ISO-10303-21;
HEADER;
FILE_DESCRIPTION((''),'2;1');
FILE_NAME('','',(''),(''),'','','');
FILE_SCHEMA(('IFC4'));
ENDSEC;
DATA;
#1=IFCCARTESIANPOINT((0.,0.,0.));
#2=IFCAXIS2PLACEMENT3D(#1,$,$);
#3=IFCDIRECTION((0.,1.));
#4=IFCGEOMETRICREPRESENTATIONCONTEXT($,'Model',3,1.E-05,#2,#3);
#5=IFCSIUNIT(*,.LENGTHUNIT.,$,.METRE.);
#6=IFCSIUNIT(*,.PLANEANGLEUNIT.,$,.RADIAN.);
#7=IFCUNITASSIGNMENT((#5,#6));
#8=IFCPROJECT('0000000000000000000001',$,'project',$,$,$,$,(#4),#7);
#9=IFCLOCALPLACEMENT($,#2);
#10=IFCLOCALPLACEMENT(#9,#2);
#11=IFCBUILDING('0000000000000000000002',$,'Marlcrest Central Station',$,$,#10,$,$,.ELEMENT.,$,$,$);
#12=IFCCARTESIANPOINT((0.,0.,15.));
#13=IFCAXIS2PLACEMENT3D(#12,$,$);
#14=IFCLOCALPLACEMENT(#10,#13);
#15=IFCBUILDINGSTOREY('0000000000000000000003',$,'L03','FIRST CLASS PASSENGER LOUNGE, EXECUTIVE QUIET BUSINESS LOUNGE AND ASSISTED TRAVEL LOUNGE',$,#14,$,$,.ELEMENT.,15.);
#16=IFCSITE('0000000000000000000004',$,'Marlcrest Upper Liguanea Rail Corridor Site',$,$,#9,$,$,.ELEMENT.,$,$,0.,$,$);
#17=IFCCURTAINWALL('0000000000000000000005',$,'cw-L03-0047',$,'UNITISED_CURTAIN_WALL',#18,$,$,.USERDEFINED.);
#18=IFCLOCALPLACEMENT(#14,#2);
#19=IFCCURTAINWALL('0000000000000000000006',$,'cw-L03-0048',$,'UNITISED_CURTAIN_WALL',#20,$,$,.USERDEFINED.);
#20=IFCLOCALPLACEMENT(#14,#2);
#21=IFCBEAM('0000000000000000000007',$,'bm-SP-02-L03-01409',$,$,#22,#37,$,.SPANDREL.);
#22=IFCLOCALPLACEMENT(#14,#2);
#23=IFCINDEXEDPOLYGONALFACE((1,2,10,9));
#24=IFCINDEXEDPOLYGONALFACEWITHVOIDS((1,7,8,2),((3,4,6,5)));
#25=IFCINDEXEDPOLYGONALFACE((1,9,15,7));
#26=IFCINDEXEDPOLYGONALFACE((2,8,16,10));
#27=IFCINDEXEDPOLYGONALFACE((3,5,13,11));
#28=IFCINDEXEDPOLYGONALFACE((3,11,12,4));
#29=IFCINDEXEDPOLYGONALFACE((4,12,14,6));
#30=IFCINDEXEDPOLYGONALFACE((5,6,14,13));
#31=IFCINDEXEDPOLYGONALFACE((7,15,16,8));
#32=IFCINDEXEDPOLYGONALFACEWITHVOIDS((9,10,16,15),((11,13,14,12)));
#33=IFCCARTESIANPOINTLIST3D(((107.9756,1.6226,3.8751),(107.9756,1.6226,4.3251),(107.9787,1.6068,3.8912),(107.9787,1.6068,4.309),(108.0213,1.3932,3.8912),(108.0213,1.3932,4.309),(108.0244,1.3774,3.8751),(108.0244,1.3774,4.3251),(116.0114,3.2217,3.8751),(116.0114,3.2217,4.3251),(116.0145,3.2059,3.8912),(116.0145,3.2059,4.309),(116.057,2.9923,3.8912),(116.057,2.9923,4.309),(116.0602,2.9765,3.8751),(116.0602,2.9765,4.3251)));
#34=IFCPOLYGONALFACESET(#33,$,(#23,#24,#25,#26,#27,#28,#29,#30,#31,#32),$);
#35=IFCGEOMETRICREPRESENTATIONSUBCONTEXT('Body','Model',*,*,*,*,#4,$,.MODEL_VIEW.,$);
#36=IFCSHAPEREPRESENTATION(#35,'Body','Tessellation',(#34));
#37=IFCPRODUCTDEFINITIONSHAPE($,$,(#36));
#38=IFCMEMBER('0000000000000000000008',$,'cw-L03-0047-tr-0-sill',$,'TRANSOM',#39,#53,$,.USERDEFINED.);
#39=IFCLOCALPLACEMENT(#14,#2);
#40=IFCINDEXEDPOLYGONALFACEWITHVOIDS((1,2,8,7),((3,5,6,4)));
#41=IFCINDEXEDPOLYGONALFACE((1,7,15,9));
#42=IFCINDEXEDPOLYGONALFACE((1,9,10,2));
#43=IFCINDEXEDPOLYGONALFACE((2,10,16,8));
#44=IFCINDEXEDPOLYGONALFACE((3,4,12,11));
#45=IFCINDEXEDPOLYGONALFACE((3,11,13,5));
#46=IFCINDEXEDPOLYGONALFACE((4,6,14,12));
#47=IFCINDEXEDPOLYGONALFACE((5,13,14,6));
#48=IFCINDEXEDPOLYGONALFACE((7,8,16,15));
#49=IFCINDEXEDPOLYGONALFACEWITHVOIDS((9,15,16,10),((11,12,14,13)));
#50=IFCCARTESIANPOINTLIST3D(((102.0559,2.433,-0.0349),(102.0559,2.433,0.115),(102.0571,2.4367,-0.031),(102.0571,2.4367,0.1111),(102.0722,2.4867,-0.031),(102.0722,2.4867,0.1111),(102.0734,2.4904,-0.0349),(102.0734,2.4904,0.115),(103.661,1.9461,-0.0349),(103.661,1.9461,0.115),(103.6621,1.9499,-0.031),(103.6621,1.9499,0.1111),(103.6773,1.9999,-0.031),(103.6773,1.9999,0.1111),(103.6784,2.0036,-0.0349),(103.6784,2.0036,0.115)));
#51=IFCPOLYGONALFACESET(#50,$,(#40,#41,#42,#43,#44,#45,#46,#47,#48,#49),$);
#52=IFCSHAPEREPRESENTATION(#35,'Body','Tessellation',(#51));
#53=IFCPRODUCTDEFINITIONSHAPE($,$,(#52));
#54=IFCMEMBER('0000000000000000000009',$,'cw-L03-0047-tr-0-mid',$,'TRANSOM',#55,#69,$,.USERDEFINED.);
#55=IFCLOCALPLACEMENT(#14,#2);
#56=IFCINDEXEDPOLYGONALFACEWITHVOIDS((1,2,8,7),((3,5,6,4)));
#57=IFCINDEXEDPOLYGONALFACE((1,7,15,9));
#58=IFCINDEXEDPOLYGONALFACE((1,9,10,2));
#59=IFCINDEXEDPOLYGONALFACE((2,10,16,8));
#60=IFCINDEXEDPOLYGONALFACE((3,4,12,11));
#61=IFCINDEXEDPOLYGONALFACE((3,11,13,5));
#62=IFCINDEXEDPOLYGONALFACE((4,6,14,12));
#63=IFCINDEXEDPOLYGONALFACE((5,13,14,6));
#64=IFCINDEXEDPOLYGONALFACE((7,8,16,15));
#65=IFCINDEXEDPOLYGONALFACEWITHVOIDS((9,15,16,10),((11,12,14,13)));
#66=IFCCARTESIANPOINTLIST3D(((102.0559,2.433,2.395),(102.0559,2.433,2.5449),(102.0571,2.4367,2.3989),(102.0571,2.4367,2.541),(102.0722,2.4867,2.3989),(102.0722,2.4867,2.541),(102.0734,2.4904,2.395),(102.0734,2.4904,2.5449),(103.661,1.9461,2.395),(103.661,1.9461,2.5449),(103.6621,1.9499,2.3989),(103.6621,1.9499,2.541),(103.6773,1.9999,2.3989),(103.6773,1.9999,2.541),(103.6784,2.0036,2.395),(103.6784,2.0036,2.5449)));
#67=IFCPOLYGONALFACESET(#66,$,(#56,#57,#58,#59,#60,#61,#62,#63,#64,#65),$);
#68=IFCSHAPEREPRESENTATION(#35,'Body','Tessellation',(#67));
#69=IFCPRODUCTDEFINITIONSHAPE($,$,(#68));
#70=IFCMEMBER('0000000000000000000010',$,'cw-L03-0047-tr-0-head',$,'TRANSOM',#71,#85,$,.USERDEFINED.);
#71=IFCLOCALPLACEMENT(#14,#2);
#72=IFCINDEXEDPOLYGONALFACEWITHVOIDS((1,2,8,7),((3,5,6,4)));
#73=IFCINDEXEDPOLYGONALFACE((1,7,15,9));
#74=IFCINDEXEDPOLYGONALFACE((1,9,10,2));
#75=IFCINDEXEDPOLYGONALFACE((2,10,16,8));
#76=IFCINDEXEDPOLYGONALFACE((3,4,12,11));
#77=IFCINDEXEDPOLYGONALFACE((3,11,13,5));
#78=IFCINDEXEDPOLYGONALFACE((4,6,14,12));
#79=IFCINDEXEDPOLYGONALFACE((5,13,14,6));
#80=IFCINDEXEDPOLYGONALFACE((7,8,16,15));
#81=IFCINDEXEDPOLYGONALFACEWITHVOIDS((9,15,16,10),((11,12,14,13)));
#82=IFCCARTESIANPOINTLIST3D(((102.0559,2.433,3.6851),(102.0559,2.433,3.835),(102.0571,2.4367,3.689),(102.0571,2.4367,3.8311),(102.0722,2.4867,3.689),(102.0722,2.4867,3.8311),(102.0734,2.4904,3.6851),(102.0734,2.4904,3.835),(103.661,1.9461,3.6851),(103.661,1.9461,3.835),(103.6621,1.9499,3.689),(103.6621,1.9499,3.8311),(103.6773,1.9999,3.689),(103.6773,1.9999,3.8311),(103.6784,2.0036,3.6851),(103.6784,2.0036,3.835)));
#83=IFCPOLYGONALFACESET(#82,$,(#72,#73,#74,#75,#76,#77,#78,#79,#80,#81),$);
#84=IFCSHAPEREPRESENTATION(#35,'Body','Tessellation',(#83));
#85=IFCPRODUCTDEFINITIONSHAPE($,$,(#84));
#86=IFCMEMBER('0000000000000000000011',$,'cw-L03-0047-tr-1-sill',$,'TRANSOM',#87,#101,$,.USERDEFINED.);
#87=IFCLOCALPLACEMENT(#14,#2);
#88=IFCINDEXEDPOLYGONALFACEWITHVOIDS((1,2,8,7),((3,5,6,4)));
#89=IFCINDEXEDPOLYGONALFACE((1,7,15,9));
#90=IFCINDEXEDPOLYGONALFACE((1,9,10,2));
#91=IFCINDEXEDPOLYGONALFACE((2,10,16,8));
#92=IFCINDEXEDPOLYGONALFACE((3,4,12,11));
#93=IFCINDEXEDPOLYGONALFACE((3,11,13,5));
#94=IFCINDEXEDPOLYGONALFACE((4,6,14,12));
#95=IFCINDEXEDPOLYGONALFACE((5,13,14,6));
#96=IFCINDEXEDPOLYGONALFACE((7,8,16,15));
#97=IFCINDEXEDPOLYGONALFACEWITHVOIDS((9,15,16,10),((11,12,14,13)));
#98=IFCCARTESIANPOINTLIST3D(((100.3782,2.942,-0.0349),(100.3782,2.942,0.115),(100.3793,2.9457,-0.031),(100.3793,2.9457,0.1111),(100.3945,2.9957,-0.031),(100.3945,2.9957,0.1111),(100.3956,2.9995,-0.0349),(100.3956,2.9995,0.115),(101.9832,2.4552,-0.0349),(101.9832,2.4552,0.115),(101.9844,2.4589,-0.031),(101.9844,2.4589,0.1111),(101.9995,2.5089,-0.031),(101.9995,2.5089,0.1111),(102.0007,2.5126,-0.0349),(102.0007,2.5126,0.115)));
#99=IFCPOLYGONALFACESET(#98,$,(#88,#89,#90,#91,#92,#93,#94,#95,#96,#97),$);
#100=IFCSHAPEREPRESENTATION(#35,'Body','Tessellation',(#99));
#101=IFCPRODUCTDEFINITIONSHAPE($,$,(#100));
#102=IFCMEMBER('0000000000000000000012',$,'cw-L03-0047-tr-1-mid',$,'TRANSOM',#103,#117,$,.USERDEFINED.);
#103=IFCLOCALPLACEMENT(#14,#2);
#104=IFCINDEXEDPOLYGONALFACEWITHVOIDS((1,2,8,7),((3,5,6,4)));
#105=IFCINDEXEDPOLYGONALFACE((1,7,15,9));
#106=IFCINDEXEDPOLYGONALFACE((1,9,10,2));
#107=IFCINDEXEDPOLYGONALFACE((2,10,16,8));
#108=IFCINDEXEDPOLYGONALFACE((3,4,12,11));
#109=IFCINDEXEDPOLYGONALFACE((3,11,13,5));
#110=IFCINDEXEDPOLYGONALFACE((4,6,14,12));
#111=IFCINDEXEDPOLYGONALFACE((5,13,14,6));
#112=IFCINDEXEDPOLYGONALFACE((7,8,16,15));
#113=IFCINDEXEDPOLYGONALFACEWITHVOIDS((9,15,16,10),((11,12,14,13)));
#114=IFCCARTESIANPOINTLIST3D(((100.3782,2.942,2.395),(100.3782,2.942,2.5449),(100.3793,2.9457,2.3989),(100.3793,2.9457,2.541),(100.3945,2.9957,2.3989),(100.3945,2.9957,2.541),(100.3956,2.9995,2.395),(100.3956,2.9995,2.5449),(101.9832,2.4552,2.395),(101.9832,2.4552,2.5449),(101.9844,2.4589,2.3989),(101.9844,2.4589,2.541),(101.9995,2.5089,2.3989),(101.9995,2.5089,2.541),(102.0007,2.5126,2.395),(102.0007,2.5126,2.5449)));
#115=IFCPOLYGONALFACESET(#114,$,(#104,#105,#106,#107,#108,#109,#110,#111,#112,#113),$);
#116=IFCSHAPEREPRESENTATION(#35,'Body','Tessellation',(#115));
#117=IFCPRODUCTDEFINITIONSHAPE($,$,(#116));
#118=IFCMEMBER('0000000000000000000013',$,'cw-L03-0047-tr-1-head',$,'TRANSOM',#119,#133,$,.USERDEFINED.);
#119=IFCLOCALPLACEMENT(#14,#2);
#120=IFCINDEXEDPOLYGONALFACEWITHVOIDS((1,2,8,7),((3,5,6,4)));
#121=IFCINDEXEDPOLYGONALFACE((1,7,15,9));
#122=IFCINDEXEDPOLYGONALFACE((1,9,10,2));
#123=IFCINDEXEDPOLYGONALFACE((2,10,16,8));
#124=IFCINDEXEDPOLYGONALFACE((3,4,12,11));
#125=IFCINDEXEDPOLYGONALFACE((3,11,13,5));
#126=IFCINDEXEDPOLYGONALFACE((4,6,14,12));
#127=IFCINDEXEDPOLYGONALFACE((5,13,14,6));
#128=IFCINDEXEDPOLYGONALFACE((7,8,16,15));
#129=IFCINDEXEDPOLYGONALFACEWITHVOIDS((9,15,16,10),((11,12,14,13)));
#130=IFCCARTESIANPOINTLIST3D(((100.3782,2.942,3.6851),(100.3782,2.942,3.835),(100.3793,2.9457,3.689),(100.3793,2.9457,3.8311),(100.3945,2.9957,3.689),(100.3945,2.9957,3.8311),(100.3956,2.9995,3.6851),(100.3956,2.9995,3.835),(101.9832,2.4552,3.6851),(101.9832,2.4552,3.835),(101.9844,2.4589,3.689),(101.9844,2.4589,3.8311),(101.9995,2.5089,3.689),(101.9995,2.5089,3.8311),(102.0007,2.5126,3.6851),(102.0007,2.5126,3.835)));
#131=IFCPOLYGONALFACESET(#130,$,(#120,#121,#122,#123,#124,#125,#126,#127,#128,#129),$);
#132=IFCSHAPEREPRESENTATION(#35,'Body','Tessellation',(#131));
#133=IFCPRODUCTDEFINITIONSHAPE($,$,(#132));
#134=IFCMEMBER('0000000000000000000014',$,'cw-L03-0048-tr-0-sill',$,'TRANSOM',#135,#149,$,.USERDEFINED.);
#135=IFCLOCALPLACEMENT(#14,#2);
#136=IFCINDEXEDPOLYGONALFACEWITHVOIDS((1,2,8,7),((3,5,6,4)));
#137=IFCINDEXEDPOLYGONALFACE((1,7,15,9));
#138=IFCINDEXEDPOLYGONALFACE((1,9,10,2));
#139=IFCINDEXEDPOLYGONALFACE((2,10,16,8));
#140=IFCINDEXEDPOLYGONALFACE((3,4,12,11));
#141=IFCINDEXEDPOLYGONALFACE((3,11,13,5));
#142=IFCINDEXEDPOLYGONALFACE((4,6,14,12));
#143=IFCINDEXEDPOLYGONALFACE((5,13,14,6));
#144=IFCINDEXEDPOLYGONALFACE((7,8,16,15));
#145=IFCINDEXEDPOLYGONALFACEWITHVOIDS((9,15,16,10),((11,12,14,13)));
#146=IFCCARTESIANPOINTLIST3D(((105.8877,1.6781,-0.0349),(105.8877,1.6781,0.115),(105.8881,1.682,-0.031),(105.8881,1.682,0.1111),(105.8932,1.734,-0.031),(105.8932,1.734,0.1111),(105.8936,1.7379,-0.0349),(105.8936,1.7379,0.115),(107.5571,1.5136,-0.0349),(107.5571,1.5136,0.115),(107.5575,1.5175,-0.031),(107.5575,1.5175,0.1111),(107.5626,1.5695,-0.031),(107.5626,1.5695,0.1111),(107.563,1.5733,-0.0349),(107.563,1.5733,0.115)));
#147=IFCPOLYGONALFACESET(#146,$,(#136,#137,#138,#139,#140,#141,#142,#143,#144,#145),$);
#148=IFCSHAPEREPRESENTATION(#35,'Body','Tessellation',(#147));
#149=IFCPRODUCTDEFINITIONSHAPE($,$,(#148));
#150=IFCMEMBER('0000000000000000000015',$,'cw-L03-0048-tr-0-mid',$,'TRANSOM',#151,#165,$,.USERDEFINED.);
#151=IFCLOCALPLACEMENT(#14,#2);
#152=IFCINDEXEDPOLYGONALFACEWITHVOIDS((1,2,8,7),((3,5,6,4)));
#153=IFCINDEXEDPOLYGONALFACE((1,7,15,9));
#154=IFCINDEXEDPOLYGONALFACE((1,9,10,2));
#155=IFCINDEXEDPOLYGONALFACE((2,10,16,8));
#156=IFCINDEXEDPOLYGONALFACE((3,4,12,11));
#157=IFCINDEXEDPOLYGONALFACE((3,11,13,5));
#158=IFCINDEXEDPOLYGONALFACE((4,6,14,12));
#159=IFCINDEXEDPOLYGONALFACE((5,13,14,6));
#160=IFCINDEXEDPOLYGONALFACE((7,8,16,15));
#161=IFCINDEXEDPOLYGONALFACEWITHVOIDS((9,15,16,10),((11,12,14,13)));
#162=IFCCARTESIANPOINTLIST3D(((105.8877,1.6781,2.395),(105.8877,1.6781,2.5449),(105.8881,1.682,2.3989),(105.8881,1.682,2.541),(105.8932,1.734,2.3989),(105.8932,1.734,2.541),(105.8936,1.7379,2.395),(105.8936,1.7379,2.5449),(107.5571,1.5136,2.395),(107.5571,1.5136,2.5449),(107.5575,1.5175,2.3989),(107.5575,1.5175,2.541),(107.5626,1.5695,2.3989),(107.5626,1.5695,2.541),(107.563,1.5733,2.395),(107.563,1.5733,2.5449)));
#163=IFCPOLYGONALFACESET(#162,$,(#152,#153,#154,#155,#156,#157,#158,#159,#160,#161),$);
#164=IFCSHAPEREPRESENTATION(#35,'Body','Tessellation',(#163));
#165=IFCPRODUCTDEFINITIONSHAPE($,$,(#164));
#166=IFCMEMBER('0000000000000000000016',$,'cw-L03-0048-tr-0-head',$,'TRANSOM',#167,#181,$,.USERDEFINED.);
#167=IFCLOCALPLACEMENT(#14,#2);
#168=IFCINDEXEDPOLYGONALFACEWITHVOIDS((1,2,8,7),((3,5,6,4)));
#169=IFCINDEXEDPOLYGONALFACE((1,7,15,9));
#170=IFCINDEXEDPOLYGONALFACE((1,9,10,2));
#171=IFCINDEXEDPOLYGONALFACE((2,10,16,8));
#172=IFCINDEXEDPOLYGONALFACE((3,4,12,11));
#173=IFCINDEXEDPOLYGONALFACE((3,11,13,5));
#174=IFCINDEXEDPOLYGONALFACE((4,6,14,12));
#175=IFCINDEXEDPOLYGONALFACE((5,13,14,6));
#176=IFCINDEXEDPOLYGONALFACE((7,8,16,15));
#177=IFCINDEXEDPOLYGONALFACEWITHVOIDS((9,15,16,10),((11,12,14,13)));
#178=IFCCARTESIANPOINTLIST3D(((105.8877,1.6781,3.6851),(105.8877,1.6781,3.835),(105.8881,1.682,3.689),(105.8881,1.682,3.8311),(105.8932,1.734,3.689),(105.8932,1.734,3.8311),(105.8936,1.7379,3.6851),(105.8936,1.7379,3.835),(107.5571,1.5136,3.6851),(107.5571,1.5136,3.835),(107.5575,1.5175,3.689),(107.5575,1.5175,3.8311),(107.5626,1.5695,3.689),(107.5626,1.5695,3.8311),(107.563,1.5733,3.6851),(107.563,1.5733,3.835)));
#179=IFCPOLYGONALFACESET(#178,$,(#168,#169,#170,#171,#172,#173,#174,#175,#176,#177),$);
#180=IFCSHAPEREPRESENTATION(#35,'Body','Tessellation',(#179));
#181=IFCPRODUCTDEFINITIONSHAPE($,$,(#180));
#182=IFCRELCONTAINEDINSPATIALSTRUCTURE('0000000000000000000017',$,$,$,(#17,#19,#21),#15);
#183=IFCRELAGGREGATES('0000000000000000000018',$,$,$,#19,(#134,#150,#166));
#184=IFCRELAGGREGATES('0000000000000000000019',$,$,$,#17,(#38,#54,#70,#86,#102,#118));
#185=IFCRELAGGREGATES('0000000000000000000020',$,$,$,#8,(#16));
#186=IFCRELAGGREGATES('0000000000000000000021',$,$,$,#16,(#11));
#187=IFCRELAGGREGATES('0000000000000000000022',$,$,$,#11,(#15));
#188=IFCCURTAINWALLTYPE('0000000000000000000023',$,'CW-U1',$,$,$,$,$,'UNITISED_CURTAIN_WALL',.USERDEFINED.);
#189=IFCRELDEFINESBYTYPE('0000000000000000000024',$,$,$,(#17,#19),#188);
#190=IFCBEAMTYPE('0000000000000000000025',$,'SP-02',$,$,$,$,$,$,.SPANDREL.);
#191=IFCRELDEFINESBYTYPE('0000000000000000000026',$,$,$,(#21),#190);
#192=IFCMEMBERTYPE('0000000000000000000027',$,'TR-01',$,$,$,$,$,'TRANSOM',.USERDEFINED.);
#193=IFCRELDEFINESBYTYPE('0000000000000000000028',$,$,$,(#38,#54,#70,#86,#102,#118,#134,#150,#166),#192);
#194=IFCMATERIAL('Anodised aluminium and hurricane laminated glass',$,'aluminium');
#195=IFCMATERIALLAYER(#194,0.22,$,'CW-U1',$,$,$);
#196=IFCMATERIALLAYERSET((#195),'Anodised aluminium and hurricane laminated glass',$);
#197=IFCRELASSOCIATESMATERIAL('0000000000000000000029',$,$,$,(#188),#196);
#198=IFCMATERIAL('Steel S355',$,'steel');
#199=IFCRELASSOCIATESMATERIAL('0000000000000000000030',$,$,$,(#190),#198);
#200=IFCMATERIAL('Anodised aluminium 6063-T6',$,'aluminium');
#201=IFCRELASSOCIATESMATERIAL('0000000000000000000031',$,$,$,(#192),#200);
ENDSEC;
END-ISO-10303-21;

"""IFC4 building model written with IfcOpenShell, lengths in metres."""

from ifc_helpers import new_model, si_unit, direction, frame, origin, origin_2d, place, context, subcontext, project, spatial, hollow_rectangle, extrude, material, layer, layer_set, material_profile, profile_set, type_object, element, aggregate, save


model = new_model("IFC4")

# Units and contexts
model_context = context("Model", 3, precision=1e-05, world=origin(), true_north=direction((0.0, 1.0)))
body_context = subcontext(model_context, "Body", "Model", "MODEL_VIEW")
ifc_project = project(units=[si_unit("LENGTHUNIT", "METRE"), si_unit("PLANEANGLEUNIT", "RADIAN")], contexts=[model_context])

# Site, building, storey
site_placement = place(None, origin())
site = spatial("IfcSite", under=ifc_project, at=site_placement, Name="Marlcrest Upper Liguanea Rail Corridor Site", CompositionType="ELEMENT", RefElevation=0.0)
building_placement = place(site_placement, origin())
building = spatial("IfcBuilding", under=site, at=building_placement, Name="Marlcrest Central Station", CompositionType="ELEMENT")
storey_placement = place(building_placement, frame((0.0, 0.0, 15.0)))
storey = spatial("IfcBuildingStorey", under=building, at=storey_placement, Name="L03", Description="FIRST CLASS PASSENGER LOUNGE, EXECUTIVE QUIET BUSINESS LOUNGE AND ASSISTED TRAVEL LOUNGE", CompositionType="ELEMENT", Elevation=15.0)

# Shared definitions
ifc_material_1 = material(Name="Steel S355", Category="steel")

# Curtain walls
ifc_material_2 = material(Name="Anodised aluminium and hurricane laminated glass", Category="aluminium")
ifc_layer_1 = layer(ifc_material_2, 0.22, Name="CW-U1")
ifc_layer_set_1 = layer_set([ifc_layer_1], Name="Anodised aluminium and hurricane laminated glass")
curtain_wall_type = type_object("IfcCurtainWallType", Name="CW-U1", ElementType="UNITISED_CURTAIN_WALL", PredefinedType="USERDEFINED", material=ifc_layer_set_1)
curtain_wall_1_placement = place(storey_placement, origin())
curtain_wall_1 = element("IfcCurtainWall", 1, at=curtain_wall_1_placement, inside=storey, type_object=curtain_wall_type, Name="cw-L03-0047", ObjectType="UNITISED_CURTAIN_WALL", PredefinedType="USERDEFINED")
ifc_material_3 = material(Name="Anodised aluminium 6063-T6", Category="aluminium")
curtain_wall_2_placement = place(storey_placement, origin())
curtain_wall_2 = element("IfcCurtainWall", 2, at=curtain_wall_2_placement, inside=storey, type_object=curtain_wall_type, Name="cw-L03-0048", ObjectType="UNITISED_CURTAIN_WALL", PredefinedType="USERDEFINED")

# Beam
ifc_material_profile_1 = material_profile(ifc_material_1, hollow_rectangle(XDim=0.25, YDim=0.45, WallThickness=0.0161, at=origin_2d()), Name="RHS 450x250x16")
ifc_profile_set_1 = profile_set([ifc_material_profile_1], Name="Steel S355")
beam_type = type_object("IfcBeamType", Name="SP-02", PredefinedType="SPANDREL", material=ifc_profile_set_1)
beam_placement = place(storey_placement, frame((108.0, 1.5, 4.1001), z_axis=(0.980769, 0.195171, 0.0), x_axis=(-0.195171, 0.980769, 0.0)))
element("IfcBeam", 3, at=beam_placement, inside=storey, type_object=beam_type, Name="bm-SP-02-L03-01409", PredefinedType="SPANDREL", context=body_context, shape_type="SweptSolid", body=[
    extrude(hollow_rectangle(XDim=0.25, YDim=0.45, WallThickness=0.0161, at=origin_2d()), origin(), (0.0, 0.0, 1.0), 8.1934),
])

# Members
ifc_material_profile_2 = material_profile(ifc_material_3, hollow_rectangle(XDim=0.0601, YDim=0.1499, WallThickness=0.0039, at=origin_2d()), Name="AA-RHS 150x60x4")
ifc_profile_set_2 = profile_set([ifc_material_profile_2], Name="Anodised aluminium 6063-T6")
member_type_1 = type_object("IfcMemberType", Name="TR-01", ElementType="TRANSOM", PredefinedType="USERDEFINED", material=ifc_profile_set_2)
member_1_placement = place(storey_placement, frame((103.6697, 1.9749, 0.04), z_axis=(-0.956948, 0.290258, 0.0), x_axis=(-0.290258, -0.956948, 0.0)))
member_1 = element("IfcMember", 4, at=member_1_placement, type_object=member_type_1, Name="cw-L03-0047-tr-0-sill", ObjectType="TRANSOM", PredefinedType="USERDEFINED", context=body_context, shape_type="SweptSolid", body=[
    extrude(hollow_rectangle(XDim=0.0601, YDim=0.1499, WallThickness=0.0039, at=origin_2d()), origin(), (0.0, 0.0, 1.0), 1.6772),
])
member_2_placement = place(storey_placement, frame((103.6697, 1.9749, 2.47), z_axis=(-0.956948, 0.290258, 0.0), x_axis=(-0.290258, -0.956948, 0.0)))
member_2 = element("IfcMember", 5, at=member_2_placement, type_object=member_type_1, Name="cw-L03-0047-tr-0-mid", ObjectType="TRANSOM", PredefinedType="USERDEFINED", context=body_context, shape_type="SweptSolid", body=[
    extrude(hollow_rectangle(XDim=0.0601, YDim=0.1499, WallThickness=0.0039, at=origin_2d()), origin(), (0.0, 0.0, 1.0), 1.6772),
])
member_3_placement = place(storey_placement, frame((103.6697, 1.9749, 3.76), z_axis=(-0.956948, 0.290258, 0.0), x_axis=(-0.290258, -0.956948, 0.0)))
member_3 = element("IfcMember", 6, at=member_3_placement, type_object=member_type_1, Name="cw-L03-0047-tr-0-head", ObjectType="TRANSOM", PredefinedType="USERDEFINED", context=body_context, shape_type="SweptSolid", body=[
    extrude(hollow_rectangle(XDim=0.0601, YDim=0.1499, WallThickness=0.0039, at=origin_2d()), origin(), (0.0, 0.0, 1.0), 1.6772),
])
member_4_placement = place(storey_placement, frame((101.9919, 2.4839, 0.04), z_axis=(-0.956948, 0.290258, 0.0), x_axis=(-0.290258, -0.956948, 0.0)))
member_4 = element("IfcMember", 7, at=member_4_placement, type_object=member_type_1, Name="cw-L03-0047-tr-1-sill", ObjectType="TRANSOM", PredefinedType="USERDEFINED", context=body_context, shape_type="SweptSolid", body=[
    extrude(hollow_rectangle(XDim=0.0601, YDim=0.1499, WallThickness=0.0039, at=origin_2d()), origin(), (0.0, 0.0, 1.0), 1.6772),
])
member_5_placement = place(storey_placement, frame((101.9919, 2.4839, 2.47), z_axis=(-0.956948, 0.290258, 0.0), x_axis=(-0.290258, -0.956948, 0.0)))
member_5 = element("IfcMember", 8, at=member_5_placement, type_object=member_type_1, Name="cw-L03-0047-tr-1-mid", ObjectType="TRANSOM", PredefinedType="USERDEFINED", context=body_context, shape_type="SweptSolid", body=[
    extrude(hollow_rectangle(XDim=0.0601, YDim=0.1499, WallThickness=0.0039, at=origin_2d()), origin(), (0.0, 0.0, 1.0), 1.6772),
])
member_6_placement = place(storey_placement, frame((101.9919, 2.4839, 3.76), z_axis=(-0.956948, 0.290258, 0.0), x_axis=(-0.290258, -0.956948, 0.0)))
member_6 = element("IfcMember", 9, at=member_6_placement, type_object=member_type_1, Name="cw-L03-0047-tr-1-head", ObjectType="TRANSOM", PredefinedType="USERDEFINED", context=body_context, shape_type="SweptSolid", body=[
    extrude(hollow_rectangle(XDim=0.0601, YDim=0.1499, WallThickness=0.0039, at=origin_2d()), origin(), (0.0, 0.0, 1.0), 1.6772),
])
member_7_placement = place(storey_placement, frame((107.5601, 1.5435, 0.04), z_axis=(-0.995177, 0.098091, 0.0), x_axis=(-0.098091, -0.995177, 0.0)))
member_7 = element("IfcMember", 10, at=member_7_placement, type_object=member_type_1, Name="cw-L03-0048-tr-0-sill", ObjectType="TRANSOM", PredefinedType="USERDEFINED", context=body_context, shape_type="SweptSolid", body=[
    extrude(hollow_rectangle(XDim=0.0601, YDim=0.1499, WallThickness=0.0039, at=origin_2d()), origin(), (0.0, 0.0, 1.0), 1.6775),
])
member_8_placement = place(storey_placement, frame((107.5601, 1.5435, 2.47), z_axis=(-0.995177, 0.098091, 0.0), x_axis=(-0.098091, -0.995177, 0.0)))
member_8 = element("IfcMember", 11, at=member_8_placement, type_object=member_type_1, Name="cw-L03-0048-tr-0-mid", ObjectType="TRANSOM", PredefinedType="USERDEFINED", context=body_context, shape_type="SweptSolid", body=[
    extrude(hollow_rectangle(XDim=0.0601, YDim=0.1499, WallThickness=0.0039, at=origin_2d()), origin(), (0.0, 0.0, 1.0), 1.6775),
])
member_9_placement = place(storey_placement, frame((107.5601, 1.5435, 3.76), z_axis=(-0.995177, 0.098091, 0.0), x_axis=(-0.098091, -0.995177, 0.0)))
member_9 = element("IfcMember", 12, at=member_9_placement, type_object=member_type_1, Name="cw-L03-0048-tr-0-head", ObjectType="TRANSOM", PredefinedType="USERDEFINED", context=body_context, shape_type="SweptSolid", body=[
    extrude(hollow_rectangle(XDim=0.0601, YDim=0.1499, WallThickness=0.0039, at=origin_2d()), origin(), (0.0, 0.0, 1.0), 1.6775),
])

aggregate(curtain_wall_2, [member_7, member_8, member_9])
aggregate(curtain_wall_1, [member_1, member_2, member_3, member_4, member_5, member_6])

save(model, "model.ifc")
